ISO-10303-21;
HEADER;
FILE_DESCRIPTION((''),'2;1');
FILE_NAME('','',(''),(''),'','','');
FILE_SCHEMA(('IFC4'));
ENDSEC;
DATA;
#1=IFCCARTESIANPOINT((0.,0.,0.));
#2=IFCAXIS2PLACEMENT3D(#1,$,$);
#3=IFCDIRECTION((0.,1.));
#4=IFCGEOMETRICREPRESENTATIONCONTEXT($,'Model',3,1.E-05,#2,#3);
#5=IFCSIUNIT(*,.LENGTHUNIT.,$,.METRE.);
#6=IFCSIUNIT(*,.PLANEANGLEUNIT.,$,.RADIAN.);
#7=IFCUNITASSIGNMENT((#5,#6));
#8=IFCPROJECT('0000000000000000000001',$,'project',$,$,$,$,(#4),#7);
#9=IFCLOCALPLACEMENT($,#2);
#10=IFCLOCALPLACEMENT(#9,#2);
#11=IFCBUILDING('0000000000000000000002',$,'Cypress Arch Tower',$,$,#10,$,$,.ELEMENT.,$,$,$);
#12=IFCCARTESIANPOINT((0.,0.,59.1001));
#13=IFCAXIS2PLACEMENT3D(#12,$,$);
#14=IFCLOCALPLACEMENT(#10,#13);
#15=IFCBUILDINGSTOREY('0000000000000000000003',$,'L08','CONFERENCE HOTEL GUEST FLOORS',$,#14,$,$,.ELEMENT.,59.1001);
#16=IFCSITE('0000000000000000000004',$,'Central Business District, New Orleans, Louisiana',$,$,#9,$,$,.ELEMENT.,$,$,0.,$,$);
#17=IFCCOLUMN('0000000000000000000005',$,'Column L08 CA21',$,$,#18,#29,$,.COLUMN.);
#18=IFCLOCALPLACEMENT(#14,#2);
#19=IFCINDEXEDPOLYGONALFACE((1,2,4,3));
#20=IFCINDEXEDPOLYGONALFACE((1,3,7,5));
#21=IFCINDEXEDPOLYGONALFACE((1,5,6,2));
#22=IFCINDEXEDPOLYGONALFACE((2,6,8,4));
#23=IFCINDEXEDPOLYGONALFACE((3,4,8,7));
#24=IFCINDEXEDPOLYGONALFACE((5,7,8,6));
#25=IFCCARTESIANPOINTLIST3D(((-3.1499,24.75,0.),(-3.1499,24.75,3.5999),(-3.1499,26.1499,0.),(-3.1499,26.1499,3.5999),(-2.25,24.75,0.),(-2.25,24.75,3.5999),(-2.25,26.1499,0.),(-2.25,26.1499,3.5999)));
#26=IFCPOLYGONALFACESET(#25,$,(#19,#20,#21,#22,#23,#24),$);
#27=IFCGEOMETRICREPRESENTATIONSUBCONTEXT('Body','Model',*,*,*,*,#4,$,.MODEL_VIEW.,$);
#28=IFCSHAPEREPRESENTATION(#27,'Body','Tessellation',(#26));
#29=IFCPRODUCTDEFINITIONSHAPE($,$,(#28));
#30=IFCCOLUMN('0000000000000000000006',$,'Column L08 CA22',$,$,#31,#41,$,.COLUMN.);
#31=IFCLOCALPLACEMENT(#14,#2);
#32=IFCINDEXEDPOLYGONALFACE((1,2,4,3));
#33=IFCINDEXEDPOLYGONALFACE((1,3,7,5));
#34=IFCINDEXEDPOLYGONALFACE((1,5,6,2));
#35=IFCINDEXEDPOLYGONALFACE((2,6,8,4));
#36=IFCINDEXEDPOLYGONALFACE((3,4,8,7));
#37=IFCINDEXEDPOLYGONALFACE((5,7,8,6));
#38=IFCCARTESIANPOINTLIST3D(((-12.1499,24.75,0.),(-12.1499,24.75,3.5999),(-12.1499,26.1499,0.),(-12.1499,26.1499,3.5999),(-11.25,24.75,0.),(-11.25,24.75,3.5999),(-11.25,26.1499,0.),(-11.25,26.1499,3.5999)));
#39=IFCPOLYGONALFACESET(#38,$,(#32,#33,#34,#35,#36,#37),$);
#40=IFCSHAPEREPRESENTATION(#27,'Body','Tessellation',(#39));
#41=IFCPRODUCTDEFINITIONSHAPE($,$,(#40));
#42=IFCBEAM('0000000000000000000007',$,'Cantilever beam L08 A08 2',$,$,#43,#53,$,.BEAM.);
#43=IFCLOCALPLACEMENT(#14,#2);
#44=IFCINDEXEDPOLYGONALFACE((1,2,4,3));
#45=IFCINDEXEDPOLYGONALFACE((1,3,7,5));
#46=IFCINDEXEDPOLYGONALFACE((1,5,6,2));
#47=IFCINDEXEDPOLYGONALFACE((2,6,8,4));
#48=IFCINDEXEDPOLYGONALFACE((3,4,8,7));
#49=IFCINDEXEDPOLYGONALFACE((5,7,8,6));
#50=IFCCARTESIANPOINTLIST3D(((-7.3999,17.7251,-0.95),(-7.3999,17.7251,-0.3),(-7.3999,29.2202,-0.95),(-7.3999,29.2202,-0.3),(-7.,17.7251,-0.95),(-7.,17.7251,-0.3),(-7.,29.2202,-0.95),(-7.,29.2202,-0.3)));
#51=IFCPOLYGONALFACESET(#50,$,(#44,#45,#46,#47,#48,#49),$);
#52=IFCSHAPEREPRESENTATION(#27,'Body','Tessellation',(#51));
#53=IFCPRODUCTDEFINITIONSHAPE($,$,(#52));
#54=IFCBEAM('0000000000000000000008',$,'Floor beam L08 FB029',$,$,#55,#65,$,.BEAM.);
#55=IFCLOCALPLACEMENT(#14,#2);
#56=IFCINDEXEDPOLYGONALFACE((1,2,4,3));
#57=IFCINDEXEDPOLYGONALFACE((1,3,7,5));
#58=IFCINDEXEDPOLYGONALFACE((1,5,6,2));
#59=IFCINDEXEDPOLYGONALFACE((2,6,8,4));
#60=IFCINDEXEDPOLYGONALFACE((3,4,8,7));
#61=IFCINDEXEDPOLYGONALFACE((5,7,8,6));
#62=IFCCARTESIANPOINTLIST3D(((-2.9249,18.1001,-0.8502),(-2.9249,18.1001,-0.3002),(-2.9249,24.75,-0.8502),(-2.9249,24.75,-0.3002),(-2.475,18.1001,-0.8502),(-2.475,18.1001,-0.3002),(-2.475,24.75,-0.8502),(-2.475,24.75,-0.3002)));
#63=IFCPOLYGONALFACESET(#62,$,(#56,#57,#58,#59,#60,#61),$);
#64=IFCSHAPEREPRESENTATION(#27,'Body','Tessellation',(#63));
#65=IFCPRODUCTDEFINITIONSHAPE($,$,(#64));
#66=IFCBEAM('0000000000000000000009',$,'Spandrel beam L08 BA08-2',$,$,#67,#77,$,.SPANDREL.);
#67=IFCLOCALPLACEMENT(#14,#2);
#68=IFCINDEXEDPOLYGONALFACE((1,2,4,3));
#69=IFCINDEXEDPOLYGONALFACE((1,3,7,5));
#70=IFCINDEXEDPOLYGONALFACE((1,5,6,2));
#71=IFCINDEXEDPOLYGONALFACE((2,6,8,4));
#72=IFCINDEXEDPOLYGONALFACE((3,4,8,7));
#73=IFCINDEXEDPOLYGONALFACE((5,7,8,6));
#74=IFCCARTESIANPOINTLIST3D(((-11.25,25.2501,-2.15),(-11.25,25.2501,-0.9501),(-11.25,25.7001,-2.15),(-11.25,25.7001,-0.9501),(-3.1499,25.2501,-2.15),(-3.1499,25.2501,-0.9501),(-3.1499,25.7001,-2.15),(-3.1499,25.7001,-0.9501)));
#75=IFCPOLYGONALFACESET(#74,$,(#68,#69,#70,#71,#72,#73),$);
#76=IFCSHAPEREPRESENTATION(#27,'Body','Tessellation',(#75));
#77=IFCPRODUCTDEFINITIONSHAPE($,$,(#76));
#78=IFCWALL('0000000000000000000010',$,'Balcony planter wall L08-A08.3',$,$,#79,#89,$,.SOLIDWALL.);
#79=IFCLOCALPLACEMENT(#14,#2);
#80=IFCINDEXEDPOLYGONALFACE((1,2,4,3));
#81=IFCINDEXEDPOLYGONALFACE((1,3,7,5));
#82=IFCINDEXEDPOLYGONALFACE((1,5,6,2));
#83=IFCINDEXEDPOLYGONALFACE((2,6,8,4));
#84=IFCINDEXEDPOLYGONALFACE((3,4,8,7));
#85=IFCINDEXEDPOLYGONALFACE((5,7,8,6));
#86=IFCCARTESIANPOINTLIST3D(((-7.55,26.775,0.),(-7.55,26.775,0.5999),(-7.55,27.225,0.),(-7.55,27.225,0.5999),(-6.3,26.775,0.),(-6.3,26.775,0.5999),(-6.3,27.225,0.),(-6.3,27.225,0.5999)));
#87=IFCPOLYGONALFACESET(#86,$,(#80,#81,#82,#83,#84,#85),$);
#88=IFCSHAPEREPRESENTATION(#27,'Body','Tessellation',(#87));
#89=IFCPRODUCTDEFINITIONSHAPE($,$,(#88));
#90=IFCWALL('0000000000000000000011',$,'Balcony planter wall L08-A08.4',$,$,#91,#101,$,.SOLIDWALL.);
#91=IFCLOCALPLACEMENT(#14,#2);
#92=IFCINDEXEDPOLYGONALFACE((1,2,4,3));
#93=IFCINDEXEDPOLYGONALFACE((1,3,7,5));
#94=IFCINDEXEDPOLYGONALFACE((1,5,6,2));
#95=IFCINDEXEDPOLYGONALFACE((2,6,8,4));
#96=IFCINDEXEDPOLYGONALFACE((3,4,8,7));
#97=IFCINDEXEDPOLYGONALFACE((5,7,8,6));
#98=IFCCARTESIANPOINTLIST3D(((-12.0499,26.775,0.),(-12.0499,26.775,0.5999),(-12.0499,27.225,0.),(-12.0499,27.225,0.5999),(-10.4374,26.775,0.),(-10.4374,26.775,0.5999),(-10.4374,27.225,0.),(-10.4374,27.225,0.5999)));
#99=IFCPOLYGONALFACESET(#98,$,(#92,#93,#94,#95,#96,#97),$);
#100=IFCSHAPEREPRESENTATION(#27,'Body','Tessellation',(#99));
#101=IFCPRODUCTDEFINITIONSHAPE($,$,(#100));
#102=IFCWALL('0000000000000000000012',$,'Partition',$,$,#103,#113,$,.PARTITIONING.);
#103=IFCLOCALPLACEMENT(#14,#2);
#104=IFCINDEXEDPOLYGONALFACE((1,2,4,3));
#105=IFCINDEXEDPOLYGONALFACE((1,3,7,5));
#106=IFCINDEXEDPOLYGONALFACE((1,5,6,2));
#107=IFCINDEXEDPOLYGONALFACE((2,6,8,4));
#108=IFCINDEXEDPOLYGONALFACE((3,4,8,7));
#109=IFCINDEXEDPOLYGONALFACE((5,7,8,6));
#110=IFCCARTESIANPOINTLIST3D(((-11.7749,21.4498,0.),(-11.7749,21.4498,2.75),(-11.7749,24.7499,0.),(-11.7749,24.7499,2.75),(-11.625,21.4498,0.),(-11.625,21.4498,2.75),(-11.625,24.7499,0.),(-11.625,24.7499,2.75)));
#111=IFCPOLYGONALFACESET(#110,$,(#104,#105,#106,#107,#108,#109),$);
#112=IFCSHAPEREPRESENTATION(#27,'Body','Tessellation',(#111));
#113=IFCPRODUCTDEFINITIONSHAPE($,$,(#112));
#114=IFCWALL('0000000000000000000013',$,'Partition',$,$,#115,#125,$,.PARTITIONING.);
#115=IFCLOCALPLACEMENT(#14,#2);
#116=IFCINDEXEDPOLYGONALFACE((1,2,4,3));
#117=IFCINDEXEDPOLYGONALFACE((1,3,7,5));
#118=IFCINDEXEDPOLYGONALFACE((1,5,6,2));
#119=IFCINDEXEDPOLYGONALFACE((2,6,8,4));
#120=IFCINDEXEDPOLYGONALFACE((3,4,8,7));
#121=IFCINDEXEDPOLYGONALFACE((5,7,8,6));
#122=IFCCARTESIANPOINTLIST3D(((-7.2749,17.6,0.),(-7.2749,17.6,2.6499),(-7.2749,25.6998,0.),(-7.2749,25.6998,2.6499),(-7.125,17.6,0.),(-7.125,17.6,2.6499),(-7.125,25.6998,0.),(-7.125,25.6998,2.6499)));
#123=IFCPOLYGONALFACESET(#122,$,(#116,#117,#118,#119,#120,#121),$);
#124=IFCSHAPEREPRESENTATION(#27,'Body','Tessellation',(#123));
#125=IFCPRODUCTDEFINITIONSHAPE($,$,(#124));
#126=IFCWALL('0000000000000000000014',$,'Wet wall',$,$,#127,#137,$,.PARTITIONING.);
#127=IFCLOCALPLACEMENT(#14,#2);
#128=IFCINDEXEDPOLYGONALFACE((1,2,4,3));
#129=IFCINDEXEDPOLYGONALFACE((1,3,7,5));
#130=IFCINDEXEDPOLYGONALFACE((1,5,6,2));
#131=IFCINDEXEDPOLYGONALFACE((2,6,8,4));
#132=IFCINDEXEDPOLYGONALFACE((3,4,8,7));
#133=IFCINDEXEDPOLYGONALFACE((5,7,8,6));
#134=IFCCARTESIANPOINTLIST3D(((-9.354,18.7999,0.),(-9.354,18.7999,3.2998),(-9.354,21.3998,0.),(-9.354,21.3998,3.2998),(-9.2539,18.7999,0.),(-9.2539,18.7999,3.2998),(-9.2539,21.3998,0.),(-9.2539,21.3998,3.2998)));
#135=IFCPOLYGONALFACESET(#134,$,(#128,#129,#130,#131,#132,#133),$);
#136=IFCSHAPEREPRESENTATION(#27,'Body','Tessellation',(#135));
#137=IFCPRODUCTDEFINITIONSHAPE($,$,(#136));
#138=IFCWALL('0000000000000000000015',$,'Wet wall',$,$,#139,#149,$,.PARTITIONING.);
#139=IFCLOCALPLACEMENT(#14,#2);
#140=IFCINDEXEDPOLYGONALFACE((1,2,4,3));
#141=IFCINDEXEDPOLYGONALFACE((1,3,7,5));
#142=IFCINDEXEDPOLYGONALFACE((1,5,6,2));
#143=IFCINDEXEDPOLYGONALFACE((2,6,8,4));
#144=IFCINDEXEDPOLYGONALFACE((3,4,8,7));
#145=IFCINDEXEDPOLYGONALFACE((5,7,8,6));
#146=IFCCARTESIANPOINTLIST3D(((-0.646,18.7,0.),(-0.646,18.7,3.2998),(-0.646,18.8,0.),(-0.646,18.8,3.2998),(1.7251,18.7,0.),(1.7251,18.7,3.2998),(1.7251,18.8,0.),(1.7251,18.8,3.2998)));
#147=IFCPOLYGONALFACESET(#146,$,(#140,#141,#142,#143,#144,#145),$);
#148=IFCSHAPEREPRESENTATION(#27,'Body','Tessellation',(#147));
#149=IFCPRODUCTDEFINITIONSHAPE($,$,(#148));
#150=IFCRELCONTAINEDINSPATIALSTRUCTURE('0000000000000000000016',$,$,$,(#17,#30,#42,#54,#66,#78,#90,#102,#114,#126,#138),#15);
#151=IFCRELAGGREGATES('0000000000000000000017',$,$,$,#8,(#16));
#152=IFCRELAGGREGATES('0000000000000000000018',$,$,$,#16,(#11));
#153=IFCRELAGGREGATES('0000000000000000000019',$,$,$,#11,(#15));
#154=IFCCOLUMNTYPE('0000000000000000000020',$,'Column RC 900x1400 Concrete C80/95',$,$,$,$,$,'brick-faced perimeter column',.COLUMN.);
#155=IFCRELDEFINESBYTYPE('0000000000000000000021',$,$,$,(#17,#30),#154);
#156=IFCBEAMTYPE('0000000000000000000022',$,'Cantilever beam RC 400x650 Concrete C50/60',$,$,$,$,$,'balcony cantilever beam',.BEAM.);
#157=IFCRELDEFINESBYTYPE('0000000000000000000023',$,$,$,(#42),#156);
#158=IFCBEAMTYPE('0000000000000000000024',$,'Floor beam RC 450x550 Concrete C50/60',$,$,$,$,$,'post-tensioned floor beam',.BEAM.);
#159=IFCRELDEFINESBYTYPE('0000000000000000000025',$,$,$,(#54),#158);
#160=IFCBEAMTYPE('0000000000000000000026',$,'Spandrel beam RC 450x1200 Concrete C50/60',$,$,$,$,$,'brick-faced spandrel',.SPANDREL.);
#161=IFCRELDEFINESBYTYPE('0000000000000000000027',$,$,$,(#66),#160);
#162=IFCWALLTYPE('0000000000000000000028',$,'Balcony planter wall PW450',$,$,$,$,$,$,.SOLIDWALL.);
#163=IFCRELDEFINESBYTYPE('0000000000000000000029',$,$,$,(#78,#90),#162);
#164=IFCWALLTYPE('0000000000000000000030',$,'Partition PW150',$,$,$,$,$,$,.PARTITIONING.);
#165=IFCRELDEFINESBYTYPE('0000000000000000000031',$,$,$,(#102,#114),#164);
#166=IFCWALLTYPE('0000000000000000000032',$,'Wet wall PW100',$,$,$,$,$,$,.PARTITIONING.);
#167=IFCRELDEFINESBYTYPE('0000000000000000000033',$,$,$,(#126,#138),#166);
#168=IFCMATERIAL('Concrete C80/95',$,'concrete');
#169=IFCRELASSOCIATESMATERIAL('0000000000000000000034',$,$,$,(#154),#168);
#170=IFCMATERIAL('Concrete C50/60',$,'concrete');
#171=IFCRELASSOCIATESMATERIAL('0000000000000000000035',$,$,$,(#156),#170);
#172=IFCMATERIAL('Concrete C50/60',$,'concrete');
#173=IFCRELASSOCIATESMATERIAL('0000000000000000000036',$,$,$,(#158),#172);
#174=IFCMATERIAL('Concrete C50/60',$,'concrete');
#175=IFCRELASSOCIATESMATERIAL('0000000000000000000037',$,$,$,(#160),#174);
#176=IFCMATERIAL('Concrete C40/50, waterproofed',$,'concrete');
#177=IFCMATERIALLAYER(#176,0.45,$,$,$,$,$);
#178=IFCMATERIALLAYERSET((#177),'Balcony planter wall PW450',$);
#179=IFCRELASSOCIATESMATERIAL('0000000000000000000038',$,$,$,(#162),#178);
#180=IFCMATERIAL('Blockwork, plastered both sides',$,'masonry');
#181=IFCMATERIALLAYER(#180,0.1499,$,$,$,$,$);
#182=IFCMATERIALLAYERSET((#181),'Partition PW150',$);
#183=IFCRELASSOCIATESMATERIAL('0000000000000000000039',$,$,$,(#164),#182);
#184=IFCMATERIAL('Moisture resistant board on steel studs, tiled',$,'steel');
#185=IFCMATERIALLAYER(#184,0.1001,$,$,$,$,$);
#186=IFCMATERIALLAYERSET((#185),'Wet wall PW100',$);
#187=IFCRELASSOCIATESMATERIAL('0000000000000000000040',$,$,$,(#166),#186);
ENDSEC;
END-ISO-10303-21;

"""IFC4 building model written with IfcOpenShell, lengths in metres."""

from ifc_helpers import new_model, si_unit, direction, frame, frame_2d, origin, origin_2d, place, context, subcontext, project, spatial, rectangle, extrude, material, layer, layer_set, material_profile, profile_set, type_object, element, save


model = new_model("IFC4")

# Units and contexts
model_context = context("Model", 3, precision=1e-05, world=origin(), true_north=direction((0.0, 1.0)))
body_context = subcontext(model_context, "Body", "Model", "MODEL_VIEW")
ifc_project = project(units=[si_unit("LENGTHUNIT", "METRE"), si_unit("PLANEANGLEUNIT", "RADIAN")], contexts=[model_context])

# Site, building, storey
site_placement = place(None, origin())
site = spatial("IfcSite", under=ifc_project, at=site_placement, Name="Central Business District, New Orleans, Louisiana", CompositionType="ELEMENT", RefElevation=0.0)
building_placement = place(site_placement, origin())
building = spatial("IfcBuilding", under=site, at=building_placement, Name="Cypress Arch Tower", CompositionType="ELEMENT")
storey_placement = place(building_placement, frame((0.0, 0.0, 59.1001)))
storey = spatial("IfcBuildingStorey", under=building, at=storey_placement, Name="L08", Description="CONFERENCE HOTEL GUEST FLOORS", CompositionType="ELEMENT", Elevation=59.1001)

# Columns
ifc_material_1 = material(Name="Concrete C80/95", Category="concrete")
ifc_material_profile_1 = material_profile(ifc_material_1, rectangle(XDim=0.8999, YDim=1.3999, at=origin_2d()), Name="RC 900x1400")
ifc_profile_set_1 = profile_set([ifc_material_profile_1], Name="Concrete C80/95")
column_type = type_object("IfcColumnType", Name="Column RC 900x1400 Concrete C80/95", ElementType="brick-faced perimeter column", PredefinedType="COLUMN", material=ifc_profile_set_1)
for number, where, z_axis, x_axis, name in (
    (1, (-2.7, 25.45, 0.0), (0.0, 0.0, 1.0), (-1.0, 0.0, 0.0), "Column L08 CA21"),
    (2, (-11.7, 25.45, 0.0), (0.0, 0.0, 1.0), (-1.0, 0.0, 0.0), "Column L08 CA22"),
):
    element("IfcColumn", number, at=place(storey_placement, frame(where, z_axis=z_axis, x_axis=x_axis)), inside=storey, type_object=column_type, Name=name, PredefinedType="COLUMN", context=body_context, shape_type="SweptSolid", body=[
        extrude(rectangle(XDim=0.8999, YDim=1.3999, at=origin_2d()), origin(), (0.0, 0.0, 1.0), 3.5999),
    ])

# Beams
ifc_material_2 = material(Name="Concrete C50/60", Category="concrete")
ifc_material_profile_2 = material_profile(ifc_material_2, rectangle(XDim=0.3999, YDim=0.6499, at=origin_2d()), Name="RC 400x650")
ifc_profile_set_2 = profile_set([ifc_material_profile_2], Name="Concrete C50/60")
beam_type_1 = type_object("IfcBeamType", Name="Cantilever beam RC 400x650 Concrete C50/60", ElementType="balcony cantilever beam", PredefinedType="BEAM", material=ifc_profile_set_2)
beam_1_placement = place(storey_placement, frame((-7.2, 17.7251, -0.625), z_axis=(0.0, 1.0, 0.0), x_axis=(-1.0, 0.0, 0.0)))
element("IfcBeam", 3, at=beam_1_placement, inside=storey, type_object=beam_type_1, Name="Cantilever beam L08 A08 2", PredefinedType="BEAM", context=body_context, shape_type="SweptSolid", body=[
    extrude(rectangle(XDim=0.3999, YDim=0.6499, at=origin_2d()), origin(), (0.0, 0.0, 1.0), 11.4951),
])
ifc_material_3 = material(Name="Concrete C50/60", Category="concrete")
ifc_material_profile_3 = material_profile(ifc_material_3, rectangle(XDim=0.45, YDim=0.55, at=origin_2d()), Name="RC 450x550")
ifc_profile_set_3 = profile_set([ifc_material_profile_3], Name="Concrete C50/60")
beam_type_2 = type_object("IfcBeamType", Name="Floor beam RC 450x550 Concrete C50/60", ElementType="post-tensioned floor beam", PredefinedType="BEAM", material=ifc_profile_set_3)
beam_2_placement = place(storey_placement, frame((-2.7, 18.1001, -0.5752), z_axis=(0.0, 1.0, 0.0), x_axis=(-1.0, 0.0, 0.0)))
element("IfcBeam", 4, at=beam_2_placement, inside=storey, type_object=beam_type_2, Name="Floor beam L08 FB029", PredefinedType="BEAM", context=body_context, shape_type="SweptSolid", body=[
    extrude(rectangle(XDim=0.45, YDim=0.55, at=origin_2d()), origin(), (0.0, 0.0, 1.0), 6.6499),
])
ifc_material_4 = material(Name="Concrete C50/60", Category="concrete")
ifc_material_profile_4 = material_profile(ifc_material_4, rectangle(XDim=0.45, YDim=1.2, at=origin_2d()), Name="RC 450x1200")
ifc_profile_set_4 = profile_set([ifc_material_profile_4], Name="Concrete C50/60")
beam_type_3 = type_object("IfcBeamType", Name="Spandrel beam RC 450x1200 Concrete C50/60", ElementType="brick-faced spandrel", PredefinedType="SPANDREL", material=ifc_profile_set_4)
beam_3_placement = place(storey_placement, frame((-3.1499, 25.4751, -1.55), z_axis=(-1.0, 0.0, 0.0), x_axis=(0.0, -1.0, 0.0)))
element("IfcBeam", 5, at=beam_3_placement, inside=storey, type_object=beam_type_3, Name="Spandrel beam L08 BA08-2", PredefinedType="SPANDREL", context=body_context, shape_type="SweptSolid", body=[
    extrude(rectangle(XDim=0.45, YDim=1.2, at=origin_2d()), origin(), (0.0, 0.0, 1.0), 8.1001),
])

# Walls
ifc_material_5 = material(Name="Concrete C40/50, waterproofed", Category="concrete")
ifc_layer_1 = layer(ifc_material_5, 0.45)
ifc_layer_set_1 = layer_set([ifc_layer_1], Name="Balcony planter wall PW450")
wall_type_1 = type_object("IfcWallType", Name="Balcony planter wall PW450", PredefinedType="SOLIDWALL", material=ifc_layer_set_1)
wall_1_placement = place(storey_placement, frame((-6.3, 27.0, 0.0), z_axis=(0.0, 0.0, 1.0), x_axis=(-1.0, 0.0, 0.0)))
element("IfcWall", 6, at=wall_1_placement, inside=storey, type_object=wall_type_1, Name="Balcony planter wall L08-A08.3", PredefinedType="SOLIDWALL", context=body_context, shape_type="SweptSolid", body=[
    extrude(rectangle(XDim=1.25, YDim=0.45, at=frame_2d((0.625, 0.0))), origin(), (0.0, 0.0, 1.0), 0.5999),
])
wall_2_placement = place(storey_placement, frame((-10.4375, 27.0, 0.0), z_axis=(0.0, 0.0, 1.0), x_axis=(-1.0, 0.0, 0.0)))
element("IfcWall", 7, at=wall_2_placement, inside=storey, type_object=wall_type_1, Name="Balcony planter wall L08-A08.4", PredefinedType="SOLIDWALL", context=body_context, shape_type="SweptSolid", body=[
    extrude(rectangle(XDim=1.6125, YDim=0.45, at=frame_2d((0.8062, 0.0))), origin(), (0.0, 0.0, 1.0), 0.5999),
])

# Walls
ifc_material_6 = material(Name="Blockwork, plastered both sides", Category="masonry")
ifc_layer_2 = layer(ifc_material_6, 0.1499)
ifc_layer_set_2 = layer_set([ifc_layer_2], Name="Partition PW150")
wall_type_2 = type_object("IfcWallType", Name="Partition PW150", PredefinedType="PARTITIONING", material=ifc_layer_set_2)
wall_3_placement = place(storey_placement, frame((-11.7, 21.45, 0.0), z_axis=(0.0, 0.0, 1.0), x_axis=(0.0, 1.0, 0.0)))
element("IfcWall", 8, at=wall_3_placement, inside=storey, type_object=wall_type_2, Name="Partition", PredefinedType="PARTITIONING", context=body_context, shape_type="SweptSolid", body=[
    extrude(rectangle(XDim=3.3, YDim=0.1499, at=frame_2d((1.6499, 0.0))), origin(), (0.0, 0.0, 1.0), 2.75),
])
wall_4_placement = place(storey_placement, frame((-7.2, 17.6001, 0.0), z_axis=(0.0, 0.0, 1.0), x_axis=(0.0, 1.0, 0.0)))
element("IfcWall", 9, at=wall_4_placement, inside=storey, type_object=wall_type_2, Name="Partition", PredefinedType="PARTITIONING", context=body_context, shape_type="SweptSolid", body=[
    extrude(rectangle(XDim=8.0999, YDim=0.1499, at=frame_2d((4.0498, 0.0))), origin(), (0.0, 0.0, 1.0), 2.6499),
])
ifc_material_7 = material(Name="Moisture resistant board on steel studs, tiled", Category="steel")
ifc_layer_3 = layer(ifc_material_7, 0.1001)
ifc_layer_set_3 = layer_set([ifc_layer_3], Name="Wet wall PW100")
wall_type_3 = type_object("IfcWallType", Name="Wet wall PW100", PredefinedType="PARTITIONING", material=ifc_layer_set_3)
wall_5_placement = place(storey_placement, frame((-9.304, 18.8, 0.0), z_axis=(0.0, 0.0, 1.0), x_axis=(0.0, 1.0, 0.0)))
element("IfcWall", 10, at=wall_5_placement, inside=storey, type_object=wall_type_3, Name="Wet wall", PredefinedType="PARTITIONING", context=body_context, shape_type="SweptSolid", body=[
    extrude(rectangle(XDim=2.5999, YDim=0.1001, at=frame_2d((1.2998, 0.0))), origin(), (0.0, 0.0, 1.0), 3.2998),
])
wall_6_placement = place(storey_placement, frame((-0.646, 18.75, 0.0), z_axis=(0.0, 0.0, 1.0), x_axis=(1.0, 0.0, 0.0)))
element("IfcWall", 11, at=wall_6_placement, inside=storey, type_object=wall_type_3, Name="Wet wall", PredefinedType="PARTITIONING", context=body_context, shape_type="SweptSolid", body=[
    extrude(rectangle(XDim=2.3711, YDim=0.1001, at=frame_2d((1.1855, 0.0))), origin(), (0.0, 0.0, 1.0), 3.2998),
])

save(model, "model.ifc")
